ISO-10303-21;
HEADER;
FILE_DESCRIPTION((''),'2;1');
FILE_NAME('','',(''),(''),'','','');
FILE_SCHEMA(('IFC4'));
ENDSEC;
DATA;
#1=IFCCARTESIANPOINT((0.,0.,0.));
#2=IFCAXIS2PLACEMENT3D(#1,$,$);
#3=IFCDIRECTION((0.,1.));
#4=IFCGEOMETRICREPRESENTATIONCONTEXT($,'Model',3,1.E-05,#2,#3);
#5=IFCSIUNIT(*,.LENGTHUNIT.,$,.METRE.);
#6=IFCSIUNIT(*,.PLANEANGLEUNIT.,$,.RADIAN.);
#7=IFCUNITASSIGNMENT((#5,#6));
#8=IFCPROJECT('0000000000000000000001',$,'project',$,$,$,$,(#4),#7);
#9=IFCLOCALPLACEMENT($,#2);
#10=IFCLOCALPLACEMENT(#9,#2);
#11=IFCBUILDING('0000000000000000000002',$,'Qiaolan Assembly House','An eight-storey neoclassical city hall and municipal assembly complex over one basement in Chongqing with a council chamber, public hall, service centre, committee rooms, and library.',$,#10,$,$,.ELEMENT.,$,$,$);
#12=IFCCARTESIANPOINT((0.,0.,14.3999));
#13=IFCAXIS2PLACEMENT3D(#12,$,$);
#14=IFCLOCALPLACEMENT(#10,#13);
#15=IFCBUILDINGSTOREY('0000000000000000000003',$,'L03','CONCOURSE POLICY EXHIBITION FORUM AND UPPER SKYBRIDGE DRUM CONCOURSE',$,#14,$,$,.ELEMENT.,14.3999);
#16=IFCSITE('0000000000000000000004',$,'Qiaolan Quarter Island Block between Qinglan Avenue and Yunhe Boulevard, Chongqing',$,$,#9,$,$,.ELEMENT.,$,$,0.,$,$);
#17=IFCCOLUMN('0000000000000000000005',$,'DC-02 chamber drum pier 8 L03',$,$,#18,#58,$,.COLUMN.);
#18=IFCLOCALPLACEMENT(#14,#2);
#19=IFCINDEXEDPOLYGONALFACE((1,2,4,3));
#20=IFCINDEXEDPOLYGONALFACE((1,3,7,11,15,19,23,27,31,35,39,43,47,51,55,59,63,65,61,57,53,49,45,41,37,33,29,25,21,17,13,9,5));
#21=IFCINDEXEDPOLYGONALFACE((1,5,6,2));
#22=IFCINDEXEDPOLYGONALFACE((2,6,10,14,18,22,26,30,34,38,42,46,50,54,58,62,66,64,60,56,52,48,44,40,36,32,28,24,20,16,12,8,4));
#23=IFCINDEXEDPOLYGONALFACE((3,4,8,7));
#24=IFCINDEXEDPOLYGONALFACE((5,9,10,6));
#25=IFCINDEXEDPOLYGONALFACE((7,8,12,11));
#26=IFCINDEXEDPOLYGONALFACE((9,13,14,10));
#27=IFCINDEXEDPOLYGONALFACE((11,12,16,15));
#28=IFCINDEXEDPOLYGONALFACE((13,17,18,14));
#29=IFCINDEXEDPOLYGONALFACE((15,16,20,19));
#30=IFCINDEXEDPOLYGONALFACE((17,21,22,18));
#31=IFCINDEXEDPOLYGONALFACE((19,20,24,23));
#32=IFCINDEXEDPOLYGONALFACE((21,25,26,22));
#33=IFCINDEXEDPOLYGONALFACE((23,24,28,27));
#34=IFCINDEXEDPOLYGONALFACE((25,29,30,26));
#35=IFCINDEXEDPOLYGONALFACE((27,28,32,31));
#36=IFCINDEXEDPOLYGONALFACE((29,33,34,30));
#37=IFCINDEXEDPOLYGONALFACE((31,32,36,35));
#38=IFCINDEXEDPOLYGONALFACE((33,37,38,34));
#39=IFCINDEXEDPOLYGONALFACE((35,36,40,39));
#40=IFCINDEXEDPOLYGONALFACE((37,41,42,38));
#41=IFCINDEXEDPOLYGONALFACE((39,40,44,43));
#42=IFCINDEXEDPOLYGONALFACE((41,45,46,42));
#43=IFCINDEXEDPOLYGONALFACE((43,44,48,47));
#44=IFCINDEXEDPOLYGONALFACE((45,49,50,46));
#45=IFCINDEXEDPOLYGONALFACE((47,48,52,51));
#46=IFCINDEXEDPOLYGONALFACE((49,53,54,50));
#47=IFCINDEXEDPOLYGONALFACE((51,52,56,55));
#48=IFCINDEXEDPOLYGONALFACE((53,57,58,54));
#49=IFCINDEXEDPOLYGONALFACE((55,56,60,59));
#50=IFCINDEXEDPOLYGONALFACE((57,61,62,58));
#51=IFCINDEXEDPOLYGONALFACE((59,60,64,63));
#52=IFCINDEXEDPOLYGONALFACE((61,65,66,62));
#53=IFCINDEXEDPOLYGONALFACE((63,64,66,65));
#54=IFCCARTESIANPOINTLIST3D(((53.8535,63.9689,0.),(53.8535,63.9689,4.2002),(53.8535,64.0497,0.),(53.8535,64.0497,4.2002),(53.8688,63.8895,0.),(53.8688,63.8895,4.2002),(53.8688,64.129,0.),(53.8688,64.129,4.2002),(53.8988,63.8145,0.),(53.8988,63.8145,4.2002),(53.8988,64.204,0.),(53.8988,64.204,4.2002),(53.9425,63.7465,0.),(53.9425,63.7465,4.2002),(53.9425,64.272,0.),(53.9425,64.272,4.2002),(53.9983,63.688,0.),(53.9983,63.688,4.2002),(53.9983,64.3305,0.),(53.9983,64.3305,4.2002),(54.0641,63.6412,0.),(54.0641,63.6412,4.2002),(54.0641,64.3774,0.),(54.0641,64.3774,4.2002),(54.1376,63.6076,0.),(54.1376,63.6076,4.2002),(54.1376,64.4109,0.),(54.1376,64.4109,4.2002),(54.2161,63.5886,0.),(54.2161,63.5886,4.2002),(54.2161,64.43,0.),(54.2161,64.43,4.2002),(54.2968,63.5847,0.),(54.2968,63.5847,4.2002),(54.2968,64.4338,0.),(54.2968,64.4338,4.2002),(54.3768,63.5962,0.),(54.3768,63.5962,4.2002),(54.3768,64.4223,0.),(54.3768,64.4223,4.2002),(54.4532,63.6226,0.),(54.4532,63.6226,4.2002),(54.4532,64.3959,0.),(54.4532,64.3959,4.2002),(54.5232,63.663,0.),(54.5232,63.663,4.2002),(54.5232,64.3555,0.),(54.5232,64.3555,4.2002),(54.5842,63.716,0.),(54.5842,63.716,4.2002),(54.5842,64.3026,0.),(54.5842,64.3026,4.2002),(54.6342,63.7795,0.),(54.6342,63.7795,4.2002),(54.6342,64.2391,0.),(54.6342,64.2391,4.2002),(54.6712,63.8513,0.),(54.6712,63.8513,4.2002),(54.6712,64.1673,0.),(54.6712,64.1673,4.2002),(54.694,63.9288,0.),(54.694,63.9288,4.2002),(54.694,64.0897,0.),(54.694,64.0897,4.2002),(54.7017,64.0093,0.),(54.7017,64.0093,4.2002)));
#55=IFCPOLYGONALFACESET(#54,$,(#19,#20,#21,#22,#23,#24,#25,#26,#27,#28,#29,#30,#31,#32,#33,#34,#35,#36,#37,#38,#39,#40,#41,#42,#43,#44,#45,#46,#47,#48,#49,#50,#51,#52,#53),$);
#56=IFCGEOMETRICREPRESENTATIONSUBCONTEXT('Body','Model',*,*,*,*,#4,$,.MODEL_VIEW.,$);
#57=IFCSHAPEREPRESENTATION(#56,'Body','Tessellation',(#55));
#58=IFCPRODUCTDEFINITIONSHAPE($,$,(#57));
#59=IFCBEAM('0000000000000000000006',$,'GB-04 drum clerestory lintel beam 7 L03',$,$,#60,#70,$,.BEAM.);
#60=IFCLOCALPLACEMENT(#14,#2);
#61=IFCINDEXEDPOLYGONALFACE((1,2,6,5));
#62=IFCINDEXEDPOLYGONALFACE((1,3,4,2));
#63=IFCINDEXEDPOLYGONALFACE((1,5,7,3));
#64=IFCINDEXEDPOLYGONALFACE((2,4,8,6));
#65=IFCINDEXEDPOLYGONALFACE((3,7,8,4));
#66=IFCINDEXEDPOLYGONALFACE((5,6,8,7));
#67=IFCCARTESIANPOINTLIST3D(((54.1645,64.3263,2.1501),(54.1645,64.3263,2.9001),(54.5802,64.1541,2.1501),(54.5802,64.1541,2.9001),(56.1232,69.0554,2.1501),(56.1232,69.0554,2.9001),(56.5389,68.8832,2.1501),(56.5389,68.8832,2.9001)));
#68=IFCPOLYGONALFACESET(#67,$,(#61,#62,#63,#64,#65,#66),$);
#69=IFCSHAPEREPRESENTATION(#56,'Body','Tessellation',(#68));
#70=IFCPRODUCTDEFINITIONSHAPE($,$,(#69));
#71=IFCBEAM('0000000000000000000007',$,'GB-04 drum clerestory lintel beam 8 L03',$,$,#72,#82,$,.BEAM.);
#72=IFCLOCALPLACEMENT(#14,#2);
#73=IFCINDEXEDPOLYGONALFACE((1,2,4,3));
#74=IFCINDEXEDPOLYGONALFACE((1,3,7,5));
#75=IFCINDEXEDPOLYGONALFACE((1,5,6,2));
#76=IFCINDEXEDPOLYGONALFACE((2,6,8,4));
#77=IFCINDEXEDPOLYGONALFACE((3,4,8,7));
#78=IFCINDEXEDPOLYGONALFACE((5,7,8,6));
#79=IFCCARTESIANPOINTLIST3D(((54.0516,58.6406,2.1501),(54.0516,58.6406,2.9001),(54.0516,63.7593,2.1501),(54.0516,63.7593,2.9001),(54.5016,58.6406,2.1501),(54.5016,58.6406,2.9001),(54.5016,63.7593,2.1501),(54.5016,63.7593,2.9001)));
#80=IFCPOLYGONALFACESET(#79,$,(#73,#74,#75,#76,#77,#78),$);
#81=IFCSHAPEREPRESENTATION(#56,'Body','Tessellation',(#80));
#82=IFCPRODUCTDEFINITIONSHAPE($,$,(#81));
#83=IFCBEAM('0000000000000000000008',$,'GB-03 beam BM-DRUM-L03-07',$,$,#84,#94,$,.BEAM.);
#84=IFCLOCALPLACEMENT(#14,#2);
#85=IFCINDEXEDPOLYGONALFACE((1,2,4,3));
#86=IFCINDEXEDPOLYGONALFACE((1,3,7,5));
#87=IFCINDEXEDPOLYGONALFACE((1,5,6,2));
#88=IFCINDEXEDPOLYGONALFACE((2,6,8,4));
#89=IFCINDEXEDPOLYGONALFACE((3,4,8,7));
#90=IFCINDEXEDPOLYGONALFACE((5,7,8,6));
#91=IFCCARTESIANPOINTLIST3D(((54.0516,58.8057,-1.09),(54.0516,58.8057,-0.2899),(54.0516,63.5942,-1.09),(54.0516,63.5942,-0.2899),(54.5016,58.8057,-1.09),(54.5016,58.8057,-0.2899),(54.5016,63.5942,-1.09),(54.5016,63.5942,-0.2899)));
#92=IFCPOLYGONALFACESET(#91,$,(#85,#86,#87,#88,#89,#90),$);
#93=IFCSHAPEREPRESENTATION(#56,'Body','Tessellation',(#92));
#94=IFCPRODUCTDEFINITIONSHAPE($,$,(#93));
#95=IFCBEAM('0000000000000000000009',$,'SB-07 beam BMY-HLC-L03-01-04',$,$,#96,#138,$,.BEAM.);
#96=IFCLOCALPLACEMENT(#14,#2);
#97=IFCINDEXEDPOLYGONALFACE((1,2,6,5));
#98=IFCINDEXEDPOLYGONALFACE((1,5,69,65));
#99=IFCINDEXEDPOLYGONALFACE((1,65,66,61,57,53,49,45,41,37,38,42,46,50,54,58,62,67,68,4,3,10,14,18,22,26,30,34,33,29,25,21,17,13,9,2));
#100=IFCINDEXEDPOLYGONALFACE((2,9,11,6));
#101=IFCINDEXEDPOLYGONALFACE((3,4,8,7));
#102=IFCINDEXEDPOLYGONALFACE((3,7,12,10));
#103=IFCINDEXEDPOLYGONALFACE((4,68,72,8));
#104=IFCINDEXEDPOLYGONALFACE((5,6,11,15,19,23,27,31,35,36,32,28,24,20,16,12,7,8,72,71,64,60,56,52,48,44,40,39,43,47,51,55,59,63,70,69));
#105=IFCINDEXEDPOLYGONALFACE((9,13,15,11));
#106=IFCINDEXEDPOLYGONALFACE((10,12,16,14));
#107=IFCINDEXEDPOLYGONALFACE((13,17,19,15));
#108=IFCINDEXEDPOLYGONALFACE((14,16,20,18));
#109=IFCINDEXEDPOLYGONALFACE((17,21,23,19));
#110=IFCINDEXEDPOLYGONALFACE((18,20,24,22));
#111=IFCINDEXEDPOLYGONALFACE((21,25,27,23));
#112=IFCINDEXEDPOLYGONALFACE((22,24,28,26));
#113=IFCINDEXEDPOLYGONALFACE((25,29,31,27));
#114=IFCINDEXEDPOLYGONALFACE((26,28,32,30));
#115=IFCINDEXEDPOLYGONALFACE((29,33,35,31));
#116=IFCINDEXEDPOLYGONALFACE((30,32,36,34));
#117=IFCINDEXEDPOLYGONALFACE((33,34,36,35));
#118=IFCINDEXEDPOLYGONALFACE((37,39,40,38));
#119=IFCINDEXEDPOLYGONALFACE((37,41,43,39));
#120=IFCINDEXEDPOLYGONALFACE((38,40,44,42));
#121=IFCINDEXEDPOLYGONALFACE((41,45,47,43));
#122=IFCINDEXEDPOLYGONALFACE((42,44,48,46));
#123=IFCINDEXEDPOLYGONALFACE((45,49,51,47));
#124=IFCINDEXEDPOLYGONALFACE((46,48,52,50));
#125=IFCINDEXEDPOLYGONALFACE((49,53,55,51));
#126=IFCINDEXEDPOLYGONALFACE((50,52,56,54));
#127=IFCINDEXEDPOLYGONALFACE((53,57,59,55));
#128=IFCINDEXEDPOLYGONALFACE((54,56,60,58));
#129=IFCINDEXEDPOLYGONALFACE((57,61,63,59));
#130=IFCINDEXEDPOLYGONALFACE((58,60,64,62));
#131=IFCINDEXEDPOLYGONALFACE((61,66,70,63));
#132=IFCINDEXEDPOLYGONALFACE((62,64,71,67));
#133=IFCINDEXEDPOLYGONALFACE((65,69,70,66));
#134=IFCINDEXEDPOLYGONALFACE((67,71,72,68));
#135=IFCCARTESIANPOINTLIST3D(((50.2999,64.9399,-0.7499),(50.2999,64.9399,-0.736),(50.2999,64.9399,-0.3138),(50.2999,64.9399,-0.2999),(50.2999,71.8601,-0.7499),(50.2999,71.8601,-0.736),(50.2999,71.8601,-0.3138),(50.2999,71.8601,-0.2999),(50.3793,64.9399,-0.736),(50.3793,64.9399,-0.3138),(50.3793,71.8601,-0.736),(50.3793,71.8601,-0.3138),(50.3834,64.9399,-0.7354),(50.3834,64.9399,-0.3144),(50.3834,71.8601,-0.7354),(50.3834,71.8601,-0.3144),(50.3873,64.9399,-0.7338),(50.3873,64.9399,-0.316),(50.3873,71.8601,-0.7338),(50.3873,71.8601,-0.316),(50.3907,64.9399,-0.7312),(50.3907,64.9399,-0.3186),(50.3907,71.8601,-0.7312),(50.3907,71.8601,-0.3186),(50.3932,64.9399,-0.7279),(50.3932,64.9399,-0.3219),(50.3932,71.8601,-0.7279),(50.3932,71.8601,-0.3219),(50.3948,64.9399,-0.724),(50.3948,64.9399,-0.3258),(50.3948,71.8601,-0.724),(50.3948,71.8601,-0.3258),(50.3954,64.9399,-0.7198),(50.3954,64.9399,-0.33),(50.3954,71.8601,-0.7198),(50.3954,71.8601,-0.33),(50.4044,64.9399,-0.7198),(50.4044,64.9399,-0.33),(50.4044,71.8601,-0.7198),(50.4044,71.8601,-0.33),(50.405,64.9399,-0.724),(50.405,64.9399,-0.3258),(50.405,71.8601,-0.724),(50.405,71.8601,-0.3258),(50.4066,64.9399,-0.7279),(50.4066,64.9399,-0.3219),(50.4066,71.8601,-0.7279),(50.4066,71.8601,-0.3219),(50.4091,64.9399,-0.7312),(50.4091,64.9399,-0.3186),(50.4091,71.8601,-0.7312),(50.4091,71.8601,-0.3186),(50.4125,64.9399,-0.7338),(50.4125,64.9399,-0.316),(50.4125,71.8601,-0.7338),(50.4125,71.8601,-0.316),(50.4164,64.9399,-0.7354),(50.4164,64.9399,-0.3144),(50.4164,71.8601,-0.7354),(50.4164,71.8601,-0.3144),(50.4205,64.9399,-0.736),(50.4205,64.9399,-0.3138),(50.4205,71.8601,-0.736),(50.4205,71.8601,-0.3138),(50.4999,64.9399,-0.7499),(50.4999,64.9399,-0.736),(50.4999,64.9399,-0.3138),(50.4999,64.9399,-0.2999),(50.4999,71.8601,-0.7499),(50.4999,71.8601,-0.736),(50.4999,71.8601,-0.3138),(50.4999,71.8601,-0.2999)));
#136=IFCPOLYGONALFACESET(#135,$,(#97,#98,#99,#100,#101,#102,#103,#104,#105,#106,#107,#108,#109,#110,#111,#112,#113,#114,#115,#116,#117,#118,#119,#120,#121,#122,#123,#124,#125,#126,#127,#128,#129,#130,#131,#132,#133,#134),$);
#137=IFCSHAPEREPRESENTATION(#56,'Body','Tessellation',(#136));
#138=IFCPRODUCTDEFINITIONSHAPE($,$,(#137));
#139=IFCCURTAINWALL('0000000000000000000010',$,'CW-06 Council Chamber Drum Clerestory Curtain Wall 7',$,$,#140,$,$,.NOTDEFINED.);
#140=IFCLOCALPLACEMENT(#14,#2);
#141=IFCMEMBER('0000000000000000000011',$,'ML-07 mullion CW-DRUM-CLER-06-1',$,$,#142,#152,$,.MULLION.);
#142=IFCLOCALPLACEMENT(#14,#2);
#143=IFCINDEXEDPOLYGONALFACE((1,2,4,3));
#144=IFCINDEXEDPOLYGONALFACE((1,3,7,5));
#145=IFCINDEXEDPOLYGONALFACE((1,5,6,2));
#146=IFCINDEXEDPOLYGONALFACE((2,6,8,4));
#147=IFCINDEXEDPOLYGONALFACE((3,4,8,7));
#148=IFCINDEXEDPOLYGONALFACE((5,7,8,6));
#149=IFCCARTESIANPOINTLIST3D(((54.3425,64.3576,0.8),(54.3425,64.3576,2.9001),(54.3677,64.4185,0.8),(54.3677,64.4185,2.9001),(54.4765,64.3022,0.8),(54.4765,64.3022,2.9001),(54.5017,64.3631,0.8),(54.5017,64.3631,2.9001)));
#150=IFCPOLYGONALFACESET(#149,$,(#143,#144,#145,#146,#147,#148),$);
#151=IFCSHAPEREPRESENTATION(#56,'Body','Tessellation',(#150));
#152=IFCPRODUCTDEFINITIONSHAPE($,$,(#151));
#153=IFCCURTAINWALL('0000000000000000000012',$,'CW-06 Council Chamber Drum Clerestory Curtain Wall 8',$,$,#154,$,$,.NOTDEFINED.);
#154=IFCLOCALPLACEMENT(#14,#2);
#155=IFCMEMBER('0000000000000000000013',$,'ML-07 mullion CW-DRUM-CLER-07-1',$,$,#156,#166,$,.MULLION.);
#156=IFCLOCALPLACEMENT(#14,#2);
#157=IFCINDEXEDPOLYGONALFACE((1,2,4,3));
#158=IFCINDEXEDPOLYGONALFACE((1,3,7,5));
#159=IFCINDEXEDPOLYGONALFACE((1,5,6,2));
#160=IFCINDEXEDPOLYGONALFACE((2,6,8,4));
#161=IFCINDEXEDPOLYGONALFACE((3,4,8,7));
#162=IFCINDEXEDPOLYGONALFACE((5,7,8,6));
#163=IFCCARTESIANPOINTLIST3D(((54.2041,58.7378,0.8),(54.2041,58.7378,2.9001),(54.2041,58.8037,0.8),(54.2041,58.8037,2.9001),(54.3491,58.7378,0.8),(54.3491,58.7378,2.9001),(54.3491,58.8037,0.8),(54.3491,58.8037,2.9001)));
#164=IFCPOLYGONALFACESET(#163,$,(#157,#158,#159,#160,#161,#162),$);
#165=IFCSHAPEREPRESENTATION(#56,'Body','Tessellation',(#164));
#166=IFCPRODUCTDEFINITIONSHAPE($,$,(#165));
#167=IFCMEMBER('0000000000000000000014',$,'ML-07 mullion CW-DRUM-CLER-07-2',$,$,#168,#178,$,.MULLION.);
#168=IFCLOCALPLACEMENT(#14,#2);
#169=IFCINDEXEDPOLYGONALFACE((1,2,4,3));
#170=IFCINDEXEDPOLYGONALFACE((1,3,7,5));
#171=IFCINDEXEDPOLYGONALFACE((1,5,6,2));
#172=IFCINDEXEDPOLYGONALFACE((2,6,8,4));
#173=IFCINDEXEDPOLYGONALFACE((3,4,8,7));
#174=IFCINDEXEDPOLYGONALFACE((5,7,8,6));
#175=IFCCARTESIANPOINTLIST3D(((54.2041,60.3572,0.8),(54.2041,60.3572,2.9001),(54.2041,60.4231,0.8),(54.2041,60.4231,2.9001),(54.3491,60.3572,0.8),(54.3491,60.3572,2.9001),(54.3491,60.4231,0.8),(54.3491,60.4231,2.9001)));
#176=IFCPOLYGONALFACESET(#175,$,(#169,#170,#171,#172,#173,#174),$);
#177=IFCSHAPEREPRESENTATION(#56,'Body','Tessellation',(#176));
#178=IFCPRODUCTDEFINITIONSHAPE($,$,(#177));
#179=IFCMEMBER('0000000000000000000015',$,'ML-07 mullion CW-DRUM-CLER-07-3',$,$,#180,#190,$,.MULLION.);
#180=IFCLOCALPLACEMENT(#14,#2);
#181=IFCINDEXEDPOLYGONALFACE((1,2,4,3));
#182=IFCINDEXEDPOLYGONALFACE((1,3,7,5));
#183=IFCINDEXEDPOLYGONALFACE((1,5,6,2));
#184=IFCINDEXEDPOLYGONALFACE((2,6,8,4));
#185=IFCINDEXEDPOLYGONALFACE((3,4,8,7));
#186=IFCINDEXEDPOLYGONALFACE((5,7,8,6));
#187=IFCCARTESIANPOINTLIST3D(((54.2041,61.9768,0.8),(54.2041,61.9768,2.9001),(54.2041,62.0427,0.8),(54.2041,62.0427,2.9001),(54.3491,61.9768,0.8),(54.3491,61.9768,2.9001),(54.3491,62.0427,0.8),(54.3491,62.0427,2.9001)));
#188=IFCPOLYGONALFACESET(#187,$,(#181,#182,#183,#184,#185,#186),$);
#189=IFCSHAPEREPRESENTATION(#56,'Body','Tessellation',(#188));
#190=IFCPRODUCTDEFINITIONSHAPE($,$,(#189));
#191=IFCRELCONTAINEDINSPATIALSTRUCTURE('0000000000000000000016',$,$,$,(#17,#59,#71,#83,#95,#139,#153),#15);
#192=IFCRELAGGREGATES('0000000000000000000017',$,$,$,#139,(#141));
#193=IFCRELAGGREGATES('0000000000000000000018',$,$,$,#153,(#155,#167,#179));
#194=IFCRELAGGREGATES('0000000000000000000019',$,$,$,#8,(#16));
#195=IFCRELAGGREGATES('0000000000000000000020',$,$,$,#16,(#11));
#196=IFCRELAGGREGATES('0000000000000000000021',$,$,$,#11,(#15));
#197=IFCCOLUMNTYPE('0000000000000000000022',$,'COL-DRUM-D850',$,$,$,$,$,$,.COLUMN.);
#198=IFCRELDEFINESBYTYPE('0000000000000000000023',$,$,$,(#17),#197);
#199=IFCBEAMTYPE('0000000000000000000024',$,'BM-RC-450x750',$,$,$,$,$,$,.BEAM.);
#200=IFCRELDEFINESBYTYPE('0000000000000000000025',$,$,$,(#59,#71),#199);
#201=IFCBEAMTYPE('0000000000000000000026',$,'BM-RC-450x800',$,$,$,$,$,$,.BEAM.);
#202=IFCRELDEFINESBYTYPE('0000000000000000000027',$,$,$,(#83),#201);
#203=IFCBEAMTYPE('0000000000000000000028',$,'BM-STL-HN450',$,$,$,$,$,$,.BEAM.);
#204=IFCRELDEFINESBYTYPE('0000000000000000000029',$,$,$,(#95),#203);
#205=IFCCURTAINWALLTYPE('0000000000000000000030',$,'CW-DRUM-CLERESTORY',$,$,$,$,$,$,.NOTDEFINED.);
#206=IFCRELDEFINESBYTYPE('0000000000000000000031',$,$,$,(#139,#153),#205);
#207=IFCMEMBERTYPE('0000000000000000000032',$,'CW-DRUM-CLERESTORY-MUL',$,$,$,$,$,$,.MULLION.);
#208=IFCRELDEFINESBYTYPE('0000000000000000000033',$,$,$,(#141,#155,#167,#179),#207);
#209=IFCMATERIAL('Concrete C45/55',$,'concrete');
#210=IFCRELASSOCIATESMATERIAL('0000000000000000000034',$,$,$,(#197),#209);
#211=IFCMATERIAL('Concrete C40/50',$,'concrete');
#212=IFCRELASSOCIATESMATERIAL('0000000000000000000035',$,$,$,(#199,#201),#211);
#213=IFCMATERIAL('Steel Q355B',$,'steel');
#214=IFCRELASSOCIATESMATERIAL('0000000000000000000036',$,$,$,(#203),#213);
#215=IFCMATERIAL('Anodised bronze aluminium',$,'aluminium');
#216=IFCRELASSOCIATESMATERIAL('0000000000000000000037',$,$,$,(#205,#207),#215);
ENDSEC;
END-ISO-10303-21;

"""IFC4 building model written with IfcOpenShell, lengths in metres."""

from ifc_helpers import new_model, si_unit, direction, frame, origin, origin_2d, place, context, subcontext, project, spatial, rectangle, circle, i_section, extrude, material, material_profile, profile_set, type_object, element, aggregate, save


model = new_model("IFC4")

# Units and contexts
model_context = context("Model", 3, precision=1e-05, world=origin(), true_north=direction((0.0, 1.0)))
body_context = subcontext(model_context, "Body", "Model", "MODEL_VIEW")
ifc_project = project(units=[si_unit("LENGTHUNIT", "METRE"), si_unit("PLANEANGLEUNIT", "RADIAN")], contexts=[model_context])

# Site, building, storey
site_placement = place(None, origin())
site = spatial("IfcSite", under=ifc_project, at=site_placement, Name="Qiaolan Quarter Island Block between Qinglan Avenue and Yunhe Boulevard, Chongqing", CompositionType="ELEMENT", RefElevation=0.0)
building_placement = place(site_placement, origin())
building = spatial("IfcBuilding", under=site, at=building_placement, Name="Qiaolan Assembly House", Description="An eight-storey neoclassical city hall and municipal assembly complex over one basement in Chongqing with a council chamber, public hall, service centre, committee rooms, and library.", CompositionType="ELEMENT")
storey_placement = place(building_placement, frame((0.0, 0.0, 14.3999)))
storey = spatial("IfcBuildingStorey", under=building, at=storey_placement, Name="L03", Description="CONCOURSE POLICY EXHIBITION FORUM AND UPPER SKYBRIDGE DRUM CONCOURSE", CompositionType="ELEMENT", Elevation=14.3999)

# Column
ifc_material_1 = material(Name="Concrete C45/55", Category="concrete")
ifc_material_profile_1 = material_profile(ifc_material_1, circle(Radius=0.425, at=origin_2d()), Name="CIRC D850")
ifc_profile_set_1 = profile_set([ifc_material_profile_1], Name="Concrete C45/55")
column_type = type_object("IfcColumnType", Name="COL-DRUM-D850", PredefinedType="COLUMN", material=ifc_profile_set_1)
column_placement = place(storey_placement, frame((54.2766, 64.0093, 0.0), z_axis=(0.0, 0.0, 1.0), x_axis=(1.0, 0.0, 0.0)))
element("IfcColumn", 1, at=column_placement, inside=storey, type_object=column_type, Name="DC-02 chamber drum pier 8 L03", PredefinedType="COLUMN", context=body_context, shape_type="SweptSolid", body=[
    extrude(circle(Radius=0.425, at=origin_2d()), origin(), (0.0, 0.0, 1.0), 4.2002),
])

# Beams
ifc_material_2 = material(Name="Concrete C40/50", Category="concrete")
ifc_material_profile_2 = material_profile(ifc_material_2, rectangle(XDim=0.45, YDim=0.75, at=origin_2d()), Name="RCB 450x750")
ifc_profile_set_2 = profile_set([ifc_material_profile_2], Name="Concrete C40/50")
beam_type_1 = type_object("IfcBeamType", Name="BM-RC-450x750", PredefinedType="BEAM", material=ifc_profile_set_2)
for number, where, z_axis, x_axis, name in (
    (2, (54.3723, 64.2402, 2.5251), (0.382671, 0.923885, 0.0), (-0.923885, 0.382671, 0.0), "GB-04 drum clerestory lintel beam 7 L03"),
    (3, (54.2766, 58.6406, 2.5251), (0.0, 1.0, 0.0), (-1.0, 0.0, 0.0), "GB-04 drum clerestory lintel beam 8 L03"),
):
    element("IfcBeam", number, at=place(storey_placement, frame(where, z_axis=z_axis, x_axis=x_axis)), inside=storey, type_object=beam_type_1, Name=name, PredefinedType="BEAM", context=body_context, shape_type="SweptSolid", body=[
        extrude(rectangle(XDim=0.45, YDim=0.75, at=origin_2d()), origin(), (0.0, 0.0, 1.0), 5.1187),
    ])
ifc_material_profile_3 = material_profile(ifc_material_2, rectangle(XDim=0.45, YDim=0.8, at=origin_2d()), Name="RCB 450x800")
ifc_profile_set_3 = profile_set([ifc_material_profile_3], Name="Concrete C40/50")
beam_type_2 = type_object("IfcBeamType", Name="BM-RC-450x800", PredefinedType="BEAM", material=ifc_profile_set_3)
beam_1_placement = place(storey_placement, frame((54.2766, 63.5942, -0.6899), z_axis=(0.0, -1.0, 0.0), x_axis=(1.0, 0.0, 0.0)))
element("IfcBeam", 4, at=beam_1_placement, inside=storey, type_object=beam_type_2, Name="GB-03 beam BM-DRUM-L03-07", PredefinedType="BEAM", context=body_context, shape_type="SweptSolid", body=[
    extrude(rectangle(XDim=0.45, YDim=0.8, at=origin_2d()), origin(), (0.0, 0.0, 1.0), 4.7886),
])
ifc_material_3 = material(Name="Steel Q355B", Category="steel")
ifc_material_profile_4 = material_profile(ifc_material_3, i_section(OverallWidth=0.2, OverallDepth=0.45, WebThickness=0.009, FlangeThickness=0.0139, FilletRadius=0.0161, at=origin_2d()), Name="HN 450x200x9x14")
ifc_profile_set_4 = profile_set([ifc_material_profile_4], Name="Steel Q355B")
beam_type_3 = type_object("IfcBeamType", Name="BM-STL-HN450", PredefinedType="BEAM", material=ifc_profile_set_4)
beam_2_placement = place(storey_placement, frame((50.3999, 64.9399, -0.5249), z_axis=(0.0, 1.0, 0.0), x_axis=(-1.0, 0.0, 0.0)))
element("IfcBeam", 5, at=beam_2_placement, inside=storey, type_object=beam_type_3, Name="SB-07 beam BMY-HLC-L03-01-04", PredefinedType="BEAM", context=body_context, shape_type="SweptSolid", body=[
    extrude(i_section(OverallWidth=0.2, OverallDepth=0.45, WebThickness=0.009, FlangeThickness=0.0139, FilletRadius=0.0161, at=origin_2d()), origin(), (0.0, 0.0, 1.0), 6.9202),
])

# Curtain wall, member
ifc_material_4 = material(Name="Anodised bronze aluminium", Category="aluminium")
curtain_wall_type = type_object("IfcCurtainWallType", Name="CW-DRUM-CLERESTORY", PredefinedType="NOTDEFINED", material=ifc_material_4)
curtain_wall_1_placement = place(storey_placement, origin())
curtain_wall_1 = element("IfcCurtainWall", 6, at=curtain_wall_1_placement, inside=storey, type_object=curtain_wall_type, Name="CW-06 Council Chamber Drum Clerestory Curtain Wall 7", PredefinedType="NOTDEFINED")
ifc_material_profile_5 = material_profile(ifc_material_4, rectangle(XDim=0.0659, YDim=0.145, at=origin_2d()), Name="MUL 66x145")
ifc_profile_set_5 = profile_set([ifc_material_profile_5], Name="Anodised bronze aluminium")
member_type_1 = type_object("IfcMemberType", Name="CW-DRUM-CLERESTORY-MUL", PredefinedType="MULLION", material=ifc_profile_set_5)
member_1_placement = place(storey_placement, frame((54.4221, 64.3604, 0.8), z_axis=(0.0, 0.0, 1.0), x_axis=(0.382683, 0.92388, 0.0)))
member_1 = element("IfcMember", 7, at=member_1_placement, type_object=member_type_1, Name="ML-07 mullion CW-DRUM-CLER-06-1", PredefinedType="MULLION", context=body_context, shape_type="SweptSolid", body=[
    extrude(rectangle(XDim=0.0659, YDim=0.145, at=origin_2d()), origin(), (0.0, 0.0, 1.0), 2.1001),
])

# Curtain wall, members
curtain_wall_2_placement = place(storey_placement, origin())
curtain_wall_2 = element("IfcCurtainWall", 8, at=curtain_wall_2_placement, inside=storey, type_object=curtain_wall_type, Name="CW-06 Council Chamber Drum Clerestory Curtain Wall 8", PredefinedType="NOTDEFINED")
member_2_placement = place(storey_placement, frame((54.2766, 58.7708, 0.8), z_axis=(0.0, 0.0, 1.0), x_axis=(0.0, 1.0, 0.0)))
member_2 = element("IfcMember", 9, at=member_2_placement, type_object=member_type_1, Name="ML-07 mullion CW-DRUM-CLER-07-1", PredefinedType="MULLION", context=body_context, shape_type="SweptSolid", body=[
    extrude(rectangle(XDim=0.0659, YDim=0.145, at=origin_2d()), origin(), (0.0, 0.0, 1.0), 2.1001),
])
member_3_placement = place(storey_placement, frame((54.2766, 60.3901, 0.8), z_axis=(0.0, 0.0, 1.0), x_axis=(0.0, 1.0, 0.0)))
member_3 = element("IfcMember", 10, at=member_3_placement, type_object=member_type_1, Name="ML-07 mullion CW-DRUM-CLER-07-2", PredefinedType="MULLION", context=body_context, shape_type="SweptSolid", body=[
    extrude(rectangle(XDim=0.0659, YDim=0.145, at=origin_2d()), origin(), (0.0, 0.0, 1.0), 2.1001),
])
member_4_placement = place(storey_placement, frame((54.2766, 62.0098, 0.8), z_axis=(0.0, 0.0, 1.0), x_axis=(0.0, 1.0, 0.0)))
member_4 = element("IfcMember", 11, at=member_4_placement, type_object=member_type_1, Name="ML-07 mullion CW-DRUM-CLER-07-3", PredefinedType="MULLION", context=body_context, shape_type="SweptSolid", body=[
    extrude(rectangle(XDim=0.0659, YDim=0.145, at=origin_2d()), origin(), (0.0, 0.0, 1.0), 2.1001),
])

aggregate(curtain_wall_1, [member_1])
aggregate(curtain_wall_2, [member_2, member_3, member_4])

save(model, "model.ifc")
